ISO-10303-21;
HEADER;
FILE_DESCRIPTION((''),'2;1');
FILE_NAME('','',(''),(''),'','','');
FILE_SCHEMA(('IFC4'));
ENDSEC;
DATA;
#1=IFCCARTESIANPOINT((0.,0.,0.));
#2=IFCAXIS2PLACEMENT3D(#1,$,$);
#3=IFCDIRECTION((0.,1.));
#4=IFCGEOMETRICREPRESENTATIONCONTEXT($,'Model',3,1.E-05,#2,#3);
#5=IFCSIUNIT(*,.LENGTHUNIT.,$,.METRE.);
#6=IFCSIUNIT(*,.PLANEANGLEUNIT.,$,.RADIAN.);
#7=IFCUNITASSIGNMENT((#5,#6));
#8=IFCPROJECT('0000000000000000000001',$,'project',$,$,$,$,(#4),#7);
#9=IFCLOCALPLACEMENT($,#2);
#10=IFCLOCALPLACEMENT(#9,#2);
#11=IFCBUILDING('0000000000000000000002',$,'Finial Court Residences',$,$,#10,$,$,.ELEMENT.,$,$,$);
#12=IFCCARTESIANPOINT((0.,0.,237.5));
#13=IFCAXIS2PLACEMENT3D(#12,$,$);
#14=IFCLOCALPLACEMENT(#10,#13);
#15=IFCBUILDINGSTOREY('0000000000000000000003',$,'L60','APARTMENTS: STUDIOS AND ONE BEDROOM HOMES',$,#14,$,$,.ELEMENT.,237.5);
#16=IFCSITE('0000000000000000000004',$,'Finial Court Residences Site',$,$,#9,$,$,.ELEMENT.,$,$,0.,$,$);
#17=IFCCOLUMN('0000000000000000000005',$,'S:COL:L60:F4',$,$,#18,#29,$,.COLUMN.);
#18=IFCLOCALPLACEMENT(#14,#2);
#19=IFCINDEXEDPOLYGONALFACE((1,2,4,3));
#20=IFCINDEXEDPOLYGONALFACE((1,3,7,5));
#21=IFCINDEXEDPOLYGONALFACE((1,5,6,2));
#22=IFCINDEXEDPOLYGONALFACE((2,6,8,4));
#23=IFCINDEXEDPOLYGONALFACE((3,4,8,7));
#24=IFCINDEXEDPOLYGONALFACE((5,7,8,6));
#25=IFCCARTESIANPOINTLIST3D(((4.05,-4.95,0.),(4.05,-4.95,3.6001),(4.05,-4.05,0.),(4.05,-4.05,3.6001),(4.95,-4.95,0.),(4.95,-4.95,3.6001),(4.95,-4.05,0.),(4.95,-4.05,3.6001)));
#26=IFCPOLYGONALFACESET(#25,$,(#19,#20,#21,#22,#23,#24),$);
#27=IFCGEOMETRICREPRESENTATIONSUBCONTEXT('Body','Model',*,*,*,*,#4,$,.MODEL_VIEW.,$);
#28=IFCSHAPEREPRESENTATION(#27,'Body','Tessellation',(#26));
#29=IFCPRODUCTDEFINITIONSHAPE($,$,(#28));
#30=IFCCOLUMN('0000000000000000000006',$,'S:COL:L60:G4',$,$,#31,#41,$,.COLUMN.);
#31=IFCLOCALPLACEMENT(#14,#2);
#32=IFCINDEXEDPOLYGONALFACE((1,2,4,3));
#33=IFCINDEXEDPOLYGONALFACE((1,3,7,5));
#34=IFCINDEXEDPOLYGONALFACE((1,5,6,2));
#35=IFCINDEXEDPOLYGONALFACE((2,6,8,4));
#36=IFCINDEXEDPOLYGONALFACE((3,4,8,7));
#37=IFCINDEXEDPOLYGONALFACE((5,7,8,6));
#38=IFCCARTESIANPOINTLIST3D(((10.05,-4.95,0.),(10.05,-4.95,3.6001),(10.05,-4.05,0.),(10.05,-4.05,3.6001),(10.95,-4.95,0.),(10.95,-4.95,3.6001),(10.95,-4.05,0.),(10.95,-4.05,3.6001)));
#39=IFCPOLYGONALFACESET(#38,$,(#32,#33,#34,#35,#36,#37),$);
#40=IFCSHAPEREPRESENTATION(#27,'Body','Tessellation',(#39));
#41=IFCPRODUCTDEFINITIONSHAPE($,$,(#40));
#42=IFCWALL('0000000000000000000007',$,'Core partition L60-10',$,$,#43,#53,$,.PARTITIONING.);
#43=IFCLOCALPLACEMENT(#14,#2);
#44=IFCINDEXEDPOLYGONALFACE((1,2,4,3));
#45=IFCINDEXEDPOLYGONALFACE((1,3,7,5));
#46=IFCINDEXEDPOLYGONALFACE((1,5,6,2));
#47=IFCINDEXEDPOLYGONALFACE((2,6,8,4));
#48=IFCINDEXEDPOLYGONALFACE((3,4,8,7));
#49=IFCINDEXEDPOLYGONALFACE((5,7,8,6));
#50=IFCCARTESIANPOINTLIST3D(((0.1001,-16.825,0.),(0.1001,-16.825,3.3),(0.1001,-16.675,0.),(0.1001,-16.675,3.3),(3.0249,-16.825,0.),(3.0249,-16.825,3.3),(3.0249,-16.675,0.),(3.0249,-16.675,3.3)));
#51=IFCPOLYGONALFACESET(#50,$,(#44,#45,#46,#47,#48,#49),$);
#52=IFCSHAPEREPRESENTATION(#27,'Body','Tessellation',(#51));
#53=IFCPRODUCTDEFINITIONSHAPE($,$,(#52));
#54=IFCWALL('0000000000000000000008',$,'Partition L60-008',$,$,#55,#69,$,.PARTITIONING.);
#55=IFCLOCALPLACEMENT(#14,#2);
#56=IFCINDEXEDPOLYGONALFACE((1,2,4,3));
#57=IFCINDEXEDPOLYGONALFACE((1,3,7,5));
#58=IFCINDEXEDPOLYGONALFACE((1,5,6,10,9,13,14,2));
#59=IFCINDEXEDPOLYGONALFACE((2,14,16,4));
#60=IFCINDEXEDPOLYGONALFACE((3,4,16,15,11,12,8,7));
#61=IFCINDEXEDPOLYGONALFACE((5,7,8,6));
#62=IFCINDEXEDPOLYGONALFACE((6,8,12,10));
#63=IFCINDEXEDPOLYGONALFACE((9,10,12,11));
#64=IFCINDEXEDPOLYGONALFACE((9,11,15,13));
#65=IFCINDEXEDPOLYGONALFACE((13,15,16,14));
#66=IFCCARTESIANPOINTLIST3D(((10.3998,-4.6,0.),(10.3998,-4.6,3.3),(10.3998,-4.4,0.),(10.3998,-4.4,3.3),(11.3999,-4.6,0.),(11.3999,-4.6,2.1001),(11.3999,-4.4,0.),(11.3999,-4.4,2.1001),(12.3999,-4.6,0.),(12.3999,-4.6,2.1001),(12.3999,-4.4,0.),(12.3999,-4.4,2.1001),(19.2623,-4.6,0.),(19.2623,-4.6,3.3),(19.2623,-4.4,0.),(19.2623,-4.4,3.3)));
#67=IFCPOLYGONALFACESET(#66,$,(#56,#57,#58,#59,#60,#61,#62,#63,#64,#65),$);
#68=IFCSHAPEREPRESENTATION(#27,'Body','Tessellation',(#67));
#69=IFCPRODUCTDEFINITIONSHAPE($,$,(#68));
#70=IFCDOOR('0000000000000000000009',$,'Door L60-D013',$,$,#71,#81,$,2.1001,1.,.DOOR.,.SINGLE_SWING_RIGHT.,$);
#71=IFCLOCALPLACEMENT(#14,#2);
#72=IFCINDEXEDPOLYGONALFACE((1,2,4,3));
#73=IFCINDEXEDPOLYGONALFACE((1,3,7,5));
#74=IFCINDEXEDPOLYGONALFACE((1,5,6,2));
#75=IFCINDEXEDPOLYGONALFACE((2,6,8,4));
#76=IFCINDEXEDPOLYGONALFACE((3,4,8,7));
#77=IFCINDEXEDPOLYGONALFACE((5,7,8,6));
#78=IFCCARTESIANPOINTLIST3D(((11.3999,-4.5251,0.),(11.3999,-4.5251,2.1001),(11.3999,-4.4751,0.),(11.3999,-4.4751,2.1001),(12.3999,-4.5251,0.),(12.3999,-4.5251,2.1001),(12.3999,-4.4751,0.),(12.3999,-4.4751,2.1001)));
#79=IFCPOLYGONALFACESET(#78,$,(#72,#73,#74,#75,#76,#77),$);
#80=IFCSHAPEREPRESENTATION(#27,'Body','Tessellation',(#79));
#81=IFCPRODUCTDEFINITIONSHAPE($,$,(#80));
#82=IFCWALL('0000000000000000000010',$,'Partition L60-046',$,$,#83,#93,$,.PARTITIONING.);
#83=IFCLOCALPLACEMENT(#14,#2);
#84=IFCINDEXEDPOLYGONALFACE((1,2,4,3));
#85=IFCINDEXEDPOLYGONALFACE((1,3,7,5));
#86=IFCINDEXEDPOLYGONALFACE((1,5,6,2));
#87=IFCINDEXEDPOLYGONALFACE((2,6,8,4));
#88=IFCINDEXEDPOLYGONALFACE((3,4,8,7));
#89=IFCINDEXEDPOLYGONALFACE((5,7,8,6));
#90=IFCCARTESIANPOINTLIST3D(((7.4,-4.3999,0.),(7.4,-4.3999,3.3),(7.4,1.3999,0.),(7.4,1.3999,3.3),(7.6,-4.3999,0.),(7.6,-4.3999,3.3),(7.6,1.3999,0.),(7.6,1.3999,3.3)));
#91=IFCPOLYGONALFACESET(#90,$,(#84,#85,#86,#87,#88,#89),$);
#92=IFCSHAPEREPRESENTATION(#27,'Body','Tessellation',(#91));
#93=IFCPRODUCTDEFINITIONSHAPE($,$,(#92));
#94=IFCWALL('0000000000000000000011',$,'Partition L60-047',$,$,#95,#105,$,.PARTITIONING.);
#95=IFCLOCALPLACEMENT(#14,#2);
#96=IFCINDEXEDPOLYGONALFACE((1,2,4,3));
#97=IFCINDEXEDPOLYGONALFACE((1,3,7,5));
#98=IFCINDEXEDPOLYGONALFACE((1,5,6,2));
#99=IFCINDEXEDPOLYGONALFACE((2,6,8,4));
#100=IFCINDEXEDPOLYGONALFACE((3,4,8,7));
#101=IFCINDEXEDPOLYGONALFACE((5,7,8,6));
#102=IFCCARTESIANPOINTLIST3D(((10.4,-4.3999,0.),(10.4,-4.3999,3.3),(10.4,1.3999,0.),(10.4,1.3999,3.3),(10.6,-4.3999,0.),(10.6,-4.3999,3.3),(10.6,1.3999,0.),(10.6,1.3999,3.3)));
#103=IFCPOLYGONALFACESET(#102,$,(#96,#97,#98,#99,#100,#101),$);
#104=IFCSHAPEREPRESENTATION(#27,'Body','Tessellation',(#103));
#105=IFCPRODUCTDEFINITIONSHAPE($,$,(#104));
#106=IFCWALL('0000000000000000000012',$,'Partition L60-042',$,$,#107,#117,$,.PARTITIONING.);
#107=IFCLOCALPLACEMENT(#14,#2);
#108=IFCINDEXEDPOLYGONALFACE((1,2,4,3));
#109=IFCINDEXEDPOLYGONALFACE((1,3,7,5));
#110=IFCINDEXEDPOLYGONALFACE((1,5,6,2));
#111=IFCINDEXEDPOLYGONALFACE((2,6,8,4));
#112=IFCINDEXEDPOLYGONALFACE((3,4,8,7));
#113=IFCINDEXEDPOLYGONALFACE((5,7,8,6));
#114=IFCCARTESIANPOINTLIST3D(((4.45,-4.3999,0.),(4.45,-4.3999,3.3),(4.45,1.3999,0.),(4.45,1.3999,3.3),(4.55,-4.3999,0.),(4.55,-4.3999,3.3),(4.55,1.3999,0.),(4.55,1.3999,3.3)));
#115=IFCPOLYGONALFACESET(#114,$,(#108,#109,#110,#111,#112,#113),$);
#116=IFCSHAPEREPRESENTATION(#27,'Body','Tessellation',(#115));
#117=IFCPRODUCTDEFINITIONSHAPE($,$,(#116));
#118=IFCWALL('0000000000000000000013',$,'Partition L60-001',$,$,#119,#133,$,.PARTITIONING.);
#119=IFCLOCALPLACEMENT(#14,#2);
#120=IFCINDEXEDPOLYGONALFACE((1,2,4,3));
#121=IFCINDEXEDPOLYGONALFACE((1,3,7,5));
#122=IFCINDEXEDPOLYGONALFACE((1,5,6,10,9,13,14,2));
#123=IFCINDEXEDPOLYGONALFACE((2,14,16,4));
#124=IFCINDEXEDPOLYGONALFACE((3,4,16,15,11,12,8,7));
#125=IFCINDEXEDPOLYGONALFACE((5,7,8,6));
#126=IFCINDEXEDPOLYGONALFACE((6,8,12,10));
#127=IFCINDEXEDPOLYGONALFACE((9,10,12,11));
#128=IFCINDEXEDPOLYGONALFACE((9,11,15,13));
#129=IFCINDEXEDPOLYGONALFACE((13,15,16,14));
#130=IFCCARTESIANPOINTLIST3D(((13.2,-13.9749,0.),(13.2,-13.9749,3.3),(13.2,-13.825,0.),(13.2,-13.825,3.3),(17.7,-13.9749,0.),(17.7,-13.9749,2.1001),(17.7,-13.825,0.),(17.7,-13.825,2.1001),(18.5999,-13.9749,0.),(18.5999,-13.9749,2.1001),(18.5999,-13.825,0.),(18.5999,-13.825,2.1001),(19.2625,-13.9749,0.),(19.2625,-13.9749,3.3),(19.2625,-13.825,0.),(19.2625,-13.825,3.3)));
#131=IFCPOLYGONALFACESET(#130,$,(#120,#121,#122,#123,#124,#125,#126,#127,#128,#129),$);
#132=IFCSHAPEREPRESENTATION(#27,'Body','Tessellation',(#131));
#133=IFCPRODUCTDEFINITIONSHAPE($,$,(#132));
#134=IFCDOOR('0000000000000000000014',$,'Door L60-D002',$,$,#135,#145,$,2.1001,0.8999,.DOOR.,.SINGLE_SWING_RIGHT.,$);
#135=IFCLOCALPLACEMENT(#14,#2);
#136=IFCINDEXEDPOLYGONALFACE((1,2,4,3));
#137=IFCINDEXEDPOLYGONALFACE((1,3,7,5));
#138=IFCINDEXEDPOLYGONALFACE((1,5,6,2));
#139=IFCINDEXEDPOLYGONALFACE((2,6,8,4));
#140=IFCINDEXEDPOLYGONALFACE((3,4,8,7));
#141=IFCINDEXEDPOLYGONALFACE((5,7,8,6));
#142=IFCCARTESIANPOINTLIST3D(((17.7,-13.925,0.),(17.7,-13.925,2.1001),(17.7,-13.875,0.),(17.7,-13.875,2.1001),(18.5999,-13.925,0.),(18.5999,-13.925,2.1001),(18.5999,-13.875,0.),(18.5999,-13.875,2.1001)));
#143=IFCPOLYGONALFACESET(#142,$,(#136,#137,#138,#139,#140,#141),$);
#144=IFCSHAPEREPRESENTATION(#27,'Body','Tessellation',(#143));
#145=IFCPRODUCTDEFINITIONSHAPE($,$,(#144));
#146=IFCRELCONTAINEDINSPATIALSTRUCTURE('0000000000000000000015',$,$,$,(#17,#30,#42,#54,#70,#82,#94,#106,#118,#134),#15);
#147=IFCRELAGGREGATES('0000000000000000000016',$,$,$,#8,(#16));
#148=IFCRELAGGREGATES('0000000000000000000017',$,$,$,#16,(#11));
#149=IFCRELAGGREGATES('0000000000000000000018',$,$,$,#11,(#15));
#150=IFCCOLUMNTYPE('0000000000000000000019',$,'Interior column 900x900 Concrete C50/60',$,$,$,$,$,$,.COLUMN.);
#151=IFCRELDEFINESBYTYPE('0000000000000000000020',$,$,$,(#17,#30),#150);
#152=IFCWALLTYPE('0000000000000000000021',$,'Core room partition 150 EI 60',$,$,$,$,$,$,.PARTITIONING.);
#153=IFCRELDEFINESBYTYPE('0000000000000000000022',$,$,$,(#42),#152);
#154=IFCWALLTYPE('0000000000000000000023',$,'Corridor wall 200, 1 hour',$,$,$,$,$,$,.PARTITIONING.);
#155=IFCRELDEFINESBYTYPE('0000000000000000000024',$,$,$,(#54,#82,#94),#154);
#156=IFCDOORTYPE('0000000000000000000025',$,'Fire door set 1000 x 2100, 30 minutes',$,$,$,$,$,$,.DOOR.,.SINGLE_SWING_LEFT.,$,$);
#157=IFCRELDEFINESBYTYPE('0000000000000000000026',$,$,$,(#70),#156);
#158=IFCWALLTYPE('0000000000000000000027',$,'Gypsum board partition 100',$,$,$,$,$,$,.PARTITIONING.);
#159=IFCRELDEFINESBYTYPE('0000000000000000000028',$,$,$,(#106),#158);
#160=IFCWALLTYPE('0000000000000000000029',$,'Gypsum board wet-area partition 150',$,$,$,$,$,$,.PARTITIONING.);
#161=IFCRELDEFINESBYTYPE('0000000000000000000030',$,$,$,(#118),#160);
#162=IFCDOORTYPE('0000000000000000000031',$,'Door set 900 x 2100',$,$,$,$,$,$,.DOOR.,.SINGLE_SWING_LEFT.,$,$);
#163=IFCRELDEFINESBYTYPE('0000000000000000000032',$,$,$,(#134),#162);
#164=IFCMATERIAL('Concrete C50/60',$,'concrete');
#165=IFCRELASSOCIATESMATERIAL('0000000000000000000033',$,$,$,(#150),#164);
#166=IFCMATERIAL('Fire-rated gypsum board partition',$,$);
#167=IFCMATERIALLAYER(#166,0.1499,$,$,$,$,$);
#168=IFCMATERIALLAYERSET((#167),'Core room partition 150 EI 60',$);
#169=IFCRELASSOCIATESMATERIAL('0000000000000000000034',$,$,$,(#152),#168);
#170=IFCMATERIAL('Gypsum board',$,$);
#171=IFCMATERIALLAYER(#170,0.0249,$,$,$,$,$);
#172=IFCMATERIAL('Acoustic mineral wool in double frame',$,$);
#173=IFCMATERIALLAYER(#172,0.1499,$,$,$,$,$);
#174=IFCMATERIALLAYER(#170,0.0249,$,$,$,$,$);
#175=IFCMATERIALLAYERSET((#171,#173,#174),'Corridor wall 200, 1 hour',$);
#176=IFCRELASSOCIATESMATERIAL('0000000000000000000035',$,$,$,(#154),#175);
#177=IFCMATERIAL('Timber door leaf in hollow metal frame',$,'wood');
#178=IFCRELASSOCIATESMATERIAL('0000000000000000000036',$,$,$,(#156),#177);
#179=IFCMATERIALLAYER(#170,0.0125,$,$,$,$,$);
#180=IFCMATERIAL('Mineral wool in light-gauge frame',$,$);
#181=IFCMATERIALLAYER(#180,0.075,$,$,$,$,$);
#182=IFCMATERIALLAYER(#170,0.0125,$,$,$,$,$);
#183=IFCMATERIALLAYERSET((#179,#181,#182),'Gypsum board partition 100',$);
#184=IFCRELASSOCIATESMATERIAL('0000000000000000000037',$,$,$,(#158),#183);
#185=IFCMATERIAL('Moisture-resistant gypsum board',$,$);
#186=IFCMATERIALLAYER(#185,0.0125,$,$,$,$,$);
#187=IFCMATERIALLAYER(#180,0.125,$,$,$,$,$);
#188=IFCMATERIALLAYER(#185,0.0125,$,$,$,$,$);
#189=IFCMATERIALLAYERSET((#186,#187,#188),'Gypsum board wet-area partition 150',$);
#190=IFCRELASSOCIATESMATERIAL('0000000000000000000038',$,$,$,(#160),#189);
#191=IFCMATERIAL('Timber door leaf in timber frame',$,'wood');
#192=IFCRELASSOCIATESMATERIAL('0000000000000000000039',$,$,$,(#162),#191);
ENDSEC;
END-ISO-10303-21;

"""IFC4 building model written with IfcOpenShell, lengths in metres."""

from ifc_helpers import new_model, si_unit, direction, frame, frame_2d, origin, origin_2d, place, context, subcontext, project, spatial, rectangle, extrude, material, layer, layer_set, material_profile, profile_set, type_object, element, fill, save


model = new_model("IFC4")

# Units and contexts
model_context = context("Model", 3, precision=1e-05, world=origin(), true_north=direction((0.0, 1.0)))
body_context = subcontext(model_context, "Body", "Model", "MODEL_VIEW")
ifc_project = project(units=[si_unit("LENGTHUNIT", "METRE"), si_unit("PLANEANGLEUNIT", "RADIAN")], contexts=[model_context])

# Site, building, storey
site_placement = place(None, origin())
site = spatial("IfcSite", under=ifc_project, at=site_placement, Name="Finial Court Residences Site", CompositionType="ELEMENT", RefElevation=0.0)
building_placement = place(site_placement, origin())
building = spatial("IfcBuilding", under=site, at=building_placement, Name="Finial Court Residences", CompositionType="ELEMENT")
storey_placement = place(building_placement, frame((0.0, 0.0, 237.5)))
storey = spatial("IfcBuildingStorey", under=building, at=storey_placement, Name="L60", Description="APARTMENTS: STUDIOS AND ONE BEDROOM HOMES", CompositionType="ELEMENT", Elevation=237.5)

# Columns
ifc_material_1 = material(Name="Concrete C50/60", Category="concrete")
ifc_material_profile = material_profile(ifc_material_1, rectangle(XDim=0.8999, YDim=0.8999, at=origin_2d()), Name="900x900")
ifc_profile_set = profile_set([ifc_material_profile], Name="Concrete C50/60")
column_type = type_object("IfcColumnType", Name="Interior column 900x900 Concrete C50/60", PredefinedType="COLUMN", material=ifc_profile_set)
for number, where, z_axis, x_axis, name in (
    (1, (4.5, -4.5, 0.0), (0.0, 0.0, 1.0), (1.0, 0.0, 0.0), "S:COL:L60:F4"),
    (2, (10.5, -4.5, 0.0), (0.0, 0.0, 1.0), (1.0, 0.0, 0.0), "S:COL:L60:G4"),
):
    element("IfcColumn", number, at=place(storey_placement, frame(where, z_axis=z_axis, x_axis=x_axis)), inside=storey, type_object=column_type, Name=name, PredefinedType="COLUMN", context=body_context, shape_type="SweptSolid", body=[
        extrude(rectangle(XDim=0.8999, YDim=0.8999, at=origin_2d()), origin(), (0.0, 0.0, 1.0), 3.6001),
    ])

# Wall
ifc_material_2 = material(Name="Fire-rated gypsum board partition")
ifc_layer_1 = layer(ifc_material_2, 0.1499)
ifc_layer_set_1 = layer_set([ifc_layer_1], Name="Core room partition 150 EI 60")
wall_type_1 = type_object("IfcWallType", Name="Core room partition 150 EI 60", PredefinedType="PARTITIONING", material=ifc_layer_set_1)
wall_1_placement = place(storey_placement, frame((0.1001, -16.75, 0.0), z_axis=(0.0, 0.0, 1.0), x_axis=(1.0, 0.0, 0.0)))
element("IfcWall", 3, at=wall_1_placement, inside=storey, type_object=wall_type_1, Name="Core partition L60-10", PredefinedType="PARTITIONING", context=body_context, shape_type="SweptSolid", body=[
    extrude(rectangle(XDim=2.9248, YDim=0.1499, at=frame_2d((1.4624, 0.0))), origin(), (0.0, 0.0, 1.0), 3.3),
])

# Wall, opening, door
ifc_material_3 = material(Name="Gypsum board")
ifc_layer_2 = layer(ifc_material_3, 0.0249)
ifc_material_4 = material(Name="Acoustic mineral wool in double frame")
ifc_layer_3 = layer(ifc_material_4, 0.1499)
ifc_layer_4 = layer(ifc_material_3, 0.0249)
ifc_layer_set_2 = layer_set([ifc_layer_2, ifc_layer_3, ifc_layer_4], Name="Corridor wall 200, 1 hour")
wall_type_2 = type_object("IfcWallType", Name="Corridor wall 200, 1 hour", PredefinedType="PARTITIONING", material=ifc_layer_set_2)
wall_2_placement = place(storey_placement, frame((10.3999, -4.5, 0.0), z_axis=(0.0, 0.0, 1.0), x_axis=(1.0, 0.0, 0.0)))
wall_2 = element("IfcWall", 4, at=wall_2_placement, inside=storey, type_object=wall_type_2, Name="Partition L60-008", PredefinedType="PARTITIONING", context=body_context, shape_type="SweptSolid", body=[
    extrude(rectangle(XDim=8.8625, YDim=0.2, at=frame_2d((4.4312, 0.0))), origin(), (0.0, 0.0, 1.0), 3.3),
])
opening_1_placement = place(wall_2_placement, frame((1.0, 0.0, 0.0)))
opening_1 = element("IfcOpeningElement", 5, at=opening_1_placement, cuts=wall_2, PredefinedType="OPENING", context=body_context, shape_type="SweptSolid", body=[
    extrude(rectangle(XDim=1.0, YDim=2.1001, at=frame_2d((0.5, 1.05))), frame((0.0, 0.1099, 0.0), z_axis=(0.0, -1.0, 0.0), x_axis=(1.0, 0.0, 0.0)), (0.0, 0.0, 1.0), 0.22),
])
ifc_material_5 = material(Name="Timber door leaf in hollow metal frame", Category="wood")
door_type_1 = type_object("IfcDoorType", Name="Fire door set 1000 x 2100, 30 minutes", OperationType="SINGLE_SWING_LEFT", PredefinedType="DOOR", material=ifc_material_5)
door_1_placement = place(opening_1_placement, origin())
door_1 = element("IfcDoor", 6, at=door_1_placement, inside=storey, type_object=door_type_1, Name="Door L60-D013", OperationType="SINGLE_SWING_RIGHT", OverallHeight=2.1001, OverallWidth=1.0, PredefinedType="DOOR", context=body_context, shape_type="SweptSolid", body=[
    extrude(rectangle(XDim=1.0, YDim=2.1001, at=frame_2d((0.5, 1.05))), frame((0.0, 0.0249, 0.0), z_axis=(0.0, -1.0, 0.0), x_axis=(1.0, 0.0, 0.0)), (0.0, 0.0, 1.0), 0.05),
])
fill(opening_1, door_1)

# Walls
for number, where, z_axis, x_axis, name in (
    (7, (7.5, -4.3999, 0.0), (0.0, 0.0, 1.0), (0.0, 1.0, 0.0), "Partition L60-046"),
    (8, (10.5, -4.3999, 0.0), (0.0, 0.0, 1.0), (0.0, 1.0, 0.0), "Partition L60-047"),
):
    element("IfcWall", number, at=place(storey_placement, frame(where, z_axis=z_axis, x_axis=x_axis)), inside=storey, type_object=wall_type_2, Name=name, PredefinedType="PARTITIONING", context=body_context, shape_type="SweptSolid", body=[
        extrude(rectangle(XDim=5.7998, YDim=0.2, at=frame_2d((2.8999, 0.0))), origin(), (0.0, 0.0, 1.0), 3.3),
    ])
ifc_layer_5 = layer(ifc_material_3, 0.0125)
ifc_material_6 = material(Name="Mineral wool in light-gauge frame")
ifc_layer_6 = layer(ifc_material_6, 0.075)
ifc_layer_7 = layer(ifc_material_3, 0.0125)
ifc_layer_set_3 = layer_set([ifc_layer_5, ifc_layer_6, ifc_layer_7], Name="Gypsum board partition 100")
wall_type_3 = type_object("IfcWallType", Name="Gypsum board partition 100", PredefinedType="PARTITIONING", material=ifc_layer_set_3)
wall_3_placement = place(storey_placement, frame((4.5, -4.3999, 0.0), z_axis=(0.0, 0.0, 1.0), x_axis=(0.0, 1.0, 0.0)))
element("IfcWall", 9, at=wall_3_placement, inside=storey, type_object=wall_type_3, Name="Partition L60-042", PredefinedType="PARTITIONING", context=body_context, shape_type="SweptSolid", body=[
    extrude(rectangle(XDim=5.7998, YDim=0.1001, at=frame_2d((2.8999, 0.0))), origin(), (0.0, 0.0, 1.0), 3.3),
])

# Wall, opening, door
ifc_material_7 = material(Name="Moisture-resistant gypsum board")
ifc_layer_8 = layer(ifc_material_7, 0.0125)
ifc_layer_9 = layer(ifc_material_6, 0.125)
ifc_layer_10 = layer(ifc_material_7, 0.0125)
ifc_layer_set_4 = layer_set([ifc_layer_8, ifc_layer_9, ifc_layer_10], Name="Gypsum board wet-area partition 150")
wall_type_4 = type_object("IfcWallType", Name="Gypsum board wet-area partition 150", PredefinedType="PARTITIONING", material=ifc_layer_set_4)
wall_4_placement = place(storey_placement, frame((13.2, -13.8999, 0.0), z_axis=(0.0, 0.0, 1.0), x_axis=(1.0, 0.0, 0.0)))
wall_4 = element("IfcWall", 10, at=wall_4_placement, inside=storey, type_object=wall_type_4, Name="Partition L60-001", PredefinedType="PARTITIONING", context=body_context, shape_type="SweptSolid", body=[
    extrude(rectangle(XDim=6.0625, YDim=0.1499, at=frame_2d((3.0312, 0.0))), origin(), (0.0, 0.0, 1.0), 3.3),
])
opening_2_placement = place(wall_4_placement, frame((4.5, 0.0, 0.0)))
opening_2 = element("IfcOpeningElement", 11, at=opening_2_placement, cuts=wall_4, PredefinedType="OPENING", context=body_context, shape_type="SweptSolid", body=[
    extrude(rectangle(XDim=0.8999, YDim=2.1001, at=frame_2d((0.45, 1.05))), frame((0.0, 0.085, 0.0), z_axis=(0.0, -1.0, 0.0), x_axis=(1.0, 0.0, 0.0)), (0.0, 0.0, 1.0), 0.1699),
])
ifc_material_8 = material(Name="Timber door leaf in timber frame", Category="wood")
door_type_2 = type_object("IfcDoorType", Name="Door set 900 x 2100", OperationType="SINGLE_SWING_LEFT", PredefinedType="DOOR", material=ifc_material_8)
door_2_placement = place(opening_2_placement, origin())
door_2 = element("IfcDoor", 12, at=door_2_placement, inside=storey, type_object=door_type_2, Name="Door L60-D002", OperationType="SINGLE_SWING_RIGHT", OverallHeight=2.1001, OverallWidth=0.8999, PredefinedType="DOOR", context=body_context, shape_type="SweptSolid", body=[
    extrude(rectangle(XDim=0.8999, YDim=2.1001, at=frame_2d((0.45, 1.05))), frame((0.0, 0.0249, 0.0), z_axis=(0.0, -1.0, 0.0), x_axis=(1.0, 0.0, 0.0)), (0.0, 0.0, 1.0), 0.05),
])
fill(opening_2, door_2)

save(model, "model.ifc")
